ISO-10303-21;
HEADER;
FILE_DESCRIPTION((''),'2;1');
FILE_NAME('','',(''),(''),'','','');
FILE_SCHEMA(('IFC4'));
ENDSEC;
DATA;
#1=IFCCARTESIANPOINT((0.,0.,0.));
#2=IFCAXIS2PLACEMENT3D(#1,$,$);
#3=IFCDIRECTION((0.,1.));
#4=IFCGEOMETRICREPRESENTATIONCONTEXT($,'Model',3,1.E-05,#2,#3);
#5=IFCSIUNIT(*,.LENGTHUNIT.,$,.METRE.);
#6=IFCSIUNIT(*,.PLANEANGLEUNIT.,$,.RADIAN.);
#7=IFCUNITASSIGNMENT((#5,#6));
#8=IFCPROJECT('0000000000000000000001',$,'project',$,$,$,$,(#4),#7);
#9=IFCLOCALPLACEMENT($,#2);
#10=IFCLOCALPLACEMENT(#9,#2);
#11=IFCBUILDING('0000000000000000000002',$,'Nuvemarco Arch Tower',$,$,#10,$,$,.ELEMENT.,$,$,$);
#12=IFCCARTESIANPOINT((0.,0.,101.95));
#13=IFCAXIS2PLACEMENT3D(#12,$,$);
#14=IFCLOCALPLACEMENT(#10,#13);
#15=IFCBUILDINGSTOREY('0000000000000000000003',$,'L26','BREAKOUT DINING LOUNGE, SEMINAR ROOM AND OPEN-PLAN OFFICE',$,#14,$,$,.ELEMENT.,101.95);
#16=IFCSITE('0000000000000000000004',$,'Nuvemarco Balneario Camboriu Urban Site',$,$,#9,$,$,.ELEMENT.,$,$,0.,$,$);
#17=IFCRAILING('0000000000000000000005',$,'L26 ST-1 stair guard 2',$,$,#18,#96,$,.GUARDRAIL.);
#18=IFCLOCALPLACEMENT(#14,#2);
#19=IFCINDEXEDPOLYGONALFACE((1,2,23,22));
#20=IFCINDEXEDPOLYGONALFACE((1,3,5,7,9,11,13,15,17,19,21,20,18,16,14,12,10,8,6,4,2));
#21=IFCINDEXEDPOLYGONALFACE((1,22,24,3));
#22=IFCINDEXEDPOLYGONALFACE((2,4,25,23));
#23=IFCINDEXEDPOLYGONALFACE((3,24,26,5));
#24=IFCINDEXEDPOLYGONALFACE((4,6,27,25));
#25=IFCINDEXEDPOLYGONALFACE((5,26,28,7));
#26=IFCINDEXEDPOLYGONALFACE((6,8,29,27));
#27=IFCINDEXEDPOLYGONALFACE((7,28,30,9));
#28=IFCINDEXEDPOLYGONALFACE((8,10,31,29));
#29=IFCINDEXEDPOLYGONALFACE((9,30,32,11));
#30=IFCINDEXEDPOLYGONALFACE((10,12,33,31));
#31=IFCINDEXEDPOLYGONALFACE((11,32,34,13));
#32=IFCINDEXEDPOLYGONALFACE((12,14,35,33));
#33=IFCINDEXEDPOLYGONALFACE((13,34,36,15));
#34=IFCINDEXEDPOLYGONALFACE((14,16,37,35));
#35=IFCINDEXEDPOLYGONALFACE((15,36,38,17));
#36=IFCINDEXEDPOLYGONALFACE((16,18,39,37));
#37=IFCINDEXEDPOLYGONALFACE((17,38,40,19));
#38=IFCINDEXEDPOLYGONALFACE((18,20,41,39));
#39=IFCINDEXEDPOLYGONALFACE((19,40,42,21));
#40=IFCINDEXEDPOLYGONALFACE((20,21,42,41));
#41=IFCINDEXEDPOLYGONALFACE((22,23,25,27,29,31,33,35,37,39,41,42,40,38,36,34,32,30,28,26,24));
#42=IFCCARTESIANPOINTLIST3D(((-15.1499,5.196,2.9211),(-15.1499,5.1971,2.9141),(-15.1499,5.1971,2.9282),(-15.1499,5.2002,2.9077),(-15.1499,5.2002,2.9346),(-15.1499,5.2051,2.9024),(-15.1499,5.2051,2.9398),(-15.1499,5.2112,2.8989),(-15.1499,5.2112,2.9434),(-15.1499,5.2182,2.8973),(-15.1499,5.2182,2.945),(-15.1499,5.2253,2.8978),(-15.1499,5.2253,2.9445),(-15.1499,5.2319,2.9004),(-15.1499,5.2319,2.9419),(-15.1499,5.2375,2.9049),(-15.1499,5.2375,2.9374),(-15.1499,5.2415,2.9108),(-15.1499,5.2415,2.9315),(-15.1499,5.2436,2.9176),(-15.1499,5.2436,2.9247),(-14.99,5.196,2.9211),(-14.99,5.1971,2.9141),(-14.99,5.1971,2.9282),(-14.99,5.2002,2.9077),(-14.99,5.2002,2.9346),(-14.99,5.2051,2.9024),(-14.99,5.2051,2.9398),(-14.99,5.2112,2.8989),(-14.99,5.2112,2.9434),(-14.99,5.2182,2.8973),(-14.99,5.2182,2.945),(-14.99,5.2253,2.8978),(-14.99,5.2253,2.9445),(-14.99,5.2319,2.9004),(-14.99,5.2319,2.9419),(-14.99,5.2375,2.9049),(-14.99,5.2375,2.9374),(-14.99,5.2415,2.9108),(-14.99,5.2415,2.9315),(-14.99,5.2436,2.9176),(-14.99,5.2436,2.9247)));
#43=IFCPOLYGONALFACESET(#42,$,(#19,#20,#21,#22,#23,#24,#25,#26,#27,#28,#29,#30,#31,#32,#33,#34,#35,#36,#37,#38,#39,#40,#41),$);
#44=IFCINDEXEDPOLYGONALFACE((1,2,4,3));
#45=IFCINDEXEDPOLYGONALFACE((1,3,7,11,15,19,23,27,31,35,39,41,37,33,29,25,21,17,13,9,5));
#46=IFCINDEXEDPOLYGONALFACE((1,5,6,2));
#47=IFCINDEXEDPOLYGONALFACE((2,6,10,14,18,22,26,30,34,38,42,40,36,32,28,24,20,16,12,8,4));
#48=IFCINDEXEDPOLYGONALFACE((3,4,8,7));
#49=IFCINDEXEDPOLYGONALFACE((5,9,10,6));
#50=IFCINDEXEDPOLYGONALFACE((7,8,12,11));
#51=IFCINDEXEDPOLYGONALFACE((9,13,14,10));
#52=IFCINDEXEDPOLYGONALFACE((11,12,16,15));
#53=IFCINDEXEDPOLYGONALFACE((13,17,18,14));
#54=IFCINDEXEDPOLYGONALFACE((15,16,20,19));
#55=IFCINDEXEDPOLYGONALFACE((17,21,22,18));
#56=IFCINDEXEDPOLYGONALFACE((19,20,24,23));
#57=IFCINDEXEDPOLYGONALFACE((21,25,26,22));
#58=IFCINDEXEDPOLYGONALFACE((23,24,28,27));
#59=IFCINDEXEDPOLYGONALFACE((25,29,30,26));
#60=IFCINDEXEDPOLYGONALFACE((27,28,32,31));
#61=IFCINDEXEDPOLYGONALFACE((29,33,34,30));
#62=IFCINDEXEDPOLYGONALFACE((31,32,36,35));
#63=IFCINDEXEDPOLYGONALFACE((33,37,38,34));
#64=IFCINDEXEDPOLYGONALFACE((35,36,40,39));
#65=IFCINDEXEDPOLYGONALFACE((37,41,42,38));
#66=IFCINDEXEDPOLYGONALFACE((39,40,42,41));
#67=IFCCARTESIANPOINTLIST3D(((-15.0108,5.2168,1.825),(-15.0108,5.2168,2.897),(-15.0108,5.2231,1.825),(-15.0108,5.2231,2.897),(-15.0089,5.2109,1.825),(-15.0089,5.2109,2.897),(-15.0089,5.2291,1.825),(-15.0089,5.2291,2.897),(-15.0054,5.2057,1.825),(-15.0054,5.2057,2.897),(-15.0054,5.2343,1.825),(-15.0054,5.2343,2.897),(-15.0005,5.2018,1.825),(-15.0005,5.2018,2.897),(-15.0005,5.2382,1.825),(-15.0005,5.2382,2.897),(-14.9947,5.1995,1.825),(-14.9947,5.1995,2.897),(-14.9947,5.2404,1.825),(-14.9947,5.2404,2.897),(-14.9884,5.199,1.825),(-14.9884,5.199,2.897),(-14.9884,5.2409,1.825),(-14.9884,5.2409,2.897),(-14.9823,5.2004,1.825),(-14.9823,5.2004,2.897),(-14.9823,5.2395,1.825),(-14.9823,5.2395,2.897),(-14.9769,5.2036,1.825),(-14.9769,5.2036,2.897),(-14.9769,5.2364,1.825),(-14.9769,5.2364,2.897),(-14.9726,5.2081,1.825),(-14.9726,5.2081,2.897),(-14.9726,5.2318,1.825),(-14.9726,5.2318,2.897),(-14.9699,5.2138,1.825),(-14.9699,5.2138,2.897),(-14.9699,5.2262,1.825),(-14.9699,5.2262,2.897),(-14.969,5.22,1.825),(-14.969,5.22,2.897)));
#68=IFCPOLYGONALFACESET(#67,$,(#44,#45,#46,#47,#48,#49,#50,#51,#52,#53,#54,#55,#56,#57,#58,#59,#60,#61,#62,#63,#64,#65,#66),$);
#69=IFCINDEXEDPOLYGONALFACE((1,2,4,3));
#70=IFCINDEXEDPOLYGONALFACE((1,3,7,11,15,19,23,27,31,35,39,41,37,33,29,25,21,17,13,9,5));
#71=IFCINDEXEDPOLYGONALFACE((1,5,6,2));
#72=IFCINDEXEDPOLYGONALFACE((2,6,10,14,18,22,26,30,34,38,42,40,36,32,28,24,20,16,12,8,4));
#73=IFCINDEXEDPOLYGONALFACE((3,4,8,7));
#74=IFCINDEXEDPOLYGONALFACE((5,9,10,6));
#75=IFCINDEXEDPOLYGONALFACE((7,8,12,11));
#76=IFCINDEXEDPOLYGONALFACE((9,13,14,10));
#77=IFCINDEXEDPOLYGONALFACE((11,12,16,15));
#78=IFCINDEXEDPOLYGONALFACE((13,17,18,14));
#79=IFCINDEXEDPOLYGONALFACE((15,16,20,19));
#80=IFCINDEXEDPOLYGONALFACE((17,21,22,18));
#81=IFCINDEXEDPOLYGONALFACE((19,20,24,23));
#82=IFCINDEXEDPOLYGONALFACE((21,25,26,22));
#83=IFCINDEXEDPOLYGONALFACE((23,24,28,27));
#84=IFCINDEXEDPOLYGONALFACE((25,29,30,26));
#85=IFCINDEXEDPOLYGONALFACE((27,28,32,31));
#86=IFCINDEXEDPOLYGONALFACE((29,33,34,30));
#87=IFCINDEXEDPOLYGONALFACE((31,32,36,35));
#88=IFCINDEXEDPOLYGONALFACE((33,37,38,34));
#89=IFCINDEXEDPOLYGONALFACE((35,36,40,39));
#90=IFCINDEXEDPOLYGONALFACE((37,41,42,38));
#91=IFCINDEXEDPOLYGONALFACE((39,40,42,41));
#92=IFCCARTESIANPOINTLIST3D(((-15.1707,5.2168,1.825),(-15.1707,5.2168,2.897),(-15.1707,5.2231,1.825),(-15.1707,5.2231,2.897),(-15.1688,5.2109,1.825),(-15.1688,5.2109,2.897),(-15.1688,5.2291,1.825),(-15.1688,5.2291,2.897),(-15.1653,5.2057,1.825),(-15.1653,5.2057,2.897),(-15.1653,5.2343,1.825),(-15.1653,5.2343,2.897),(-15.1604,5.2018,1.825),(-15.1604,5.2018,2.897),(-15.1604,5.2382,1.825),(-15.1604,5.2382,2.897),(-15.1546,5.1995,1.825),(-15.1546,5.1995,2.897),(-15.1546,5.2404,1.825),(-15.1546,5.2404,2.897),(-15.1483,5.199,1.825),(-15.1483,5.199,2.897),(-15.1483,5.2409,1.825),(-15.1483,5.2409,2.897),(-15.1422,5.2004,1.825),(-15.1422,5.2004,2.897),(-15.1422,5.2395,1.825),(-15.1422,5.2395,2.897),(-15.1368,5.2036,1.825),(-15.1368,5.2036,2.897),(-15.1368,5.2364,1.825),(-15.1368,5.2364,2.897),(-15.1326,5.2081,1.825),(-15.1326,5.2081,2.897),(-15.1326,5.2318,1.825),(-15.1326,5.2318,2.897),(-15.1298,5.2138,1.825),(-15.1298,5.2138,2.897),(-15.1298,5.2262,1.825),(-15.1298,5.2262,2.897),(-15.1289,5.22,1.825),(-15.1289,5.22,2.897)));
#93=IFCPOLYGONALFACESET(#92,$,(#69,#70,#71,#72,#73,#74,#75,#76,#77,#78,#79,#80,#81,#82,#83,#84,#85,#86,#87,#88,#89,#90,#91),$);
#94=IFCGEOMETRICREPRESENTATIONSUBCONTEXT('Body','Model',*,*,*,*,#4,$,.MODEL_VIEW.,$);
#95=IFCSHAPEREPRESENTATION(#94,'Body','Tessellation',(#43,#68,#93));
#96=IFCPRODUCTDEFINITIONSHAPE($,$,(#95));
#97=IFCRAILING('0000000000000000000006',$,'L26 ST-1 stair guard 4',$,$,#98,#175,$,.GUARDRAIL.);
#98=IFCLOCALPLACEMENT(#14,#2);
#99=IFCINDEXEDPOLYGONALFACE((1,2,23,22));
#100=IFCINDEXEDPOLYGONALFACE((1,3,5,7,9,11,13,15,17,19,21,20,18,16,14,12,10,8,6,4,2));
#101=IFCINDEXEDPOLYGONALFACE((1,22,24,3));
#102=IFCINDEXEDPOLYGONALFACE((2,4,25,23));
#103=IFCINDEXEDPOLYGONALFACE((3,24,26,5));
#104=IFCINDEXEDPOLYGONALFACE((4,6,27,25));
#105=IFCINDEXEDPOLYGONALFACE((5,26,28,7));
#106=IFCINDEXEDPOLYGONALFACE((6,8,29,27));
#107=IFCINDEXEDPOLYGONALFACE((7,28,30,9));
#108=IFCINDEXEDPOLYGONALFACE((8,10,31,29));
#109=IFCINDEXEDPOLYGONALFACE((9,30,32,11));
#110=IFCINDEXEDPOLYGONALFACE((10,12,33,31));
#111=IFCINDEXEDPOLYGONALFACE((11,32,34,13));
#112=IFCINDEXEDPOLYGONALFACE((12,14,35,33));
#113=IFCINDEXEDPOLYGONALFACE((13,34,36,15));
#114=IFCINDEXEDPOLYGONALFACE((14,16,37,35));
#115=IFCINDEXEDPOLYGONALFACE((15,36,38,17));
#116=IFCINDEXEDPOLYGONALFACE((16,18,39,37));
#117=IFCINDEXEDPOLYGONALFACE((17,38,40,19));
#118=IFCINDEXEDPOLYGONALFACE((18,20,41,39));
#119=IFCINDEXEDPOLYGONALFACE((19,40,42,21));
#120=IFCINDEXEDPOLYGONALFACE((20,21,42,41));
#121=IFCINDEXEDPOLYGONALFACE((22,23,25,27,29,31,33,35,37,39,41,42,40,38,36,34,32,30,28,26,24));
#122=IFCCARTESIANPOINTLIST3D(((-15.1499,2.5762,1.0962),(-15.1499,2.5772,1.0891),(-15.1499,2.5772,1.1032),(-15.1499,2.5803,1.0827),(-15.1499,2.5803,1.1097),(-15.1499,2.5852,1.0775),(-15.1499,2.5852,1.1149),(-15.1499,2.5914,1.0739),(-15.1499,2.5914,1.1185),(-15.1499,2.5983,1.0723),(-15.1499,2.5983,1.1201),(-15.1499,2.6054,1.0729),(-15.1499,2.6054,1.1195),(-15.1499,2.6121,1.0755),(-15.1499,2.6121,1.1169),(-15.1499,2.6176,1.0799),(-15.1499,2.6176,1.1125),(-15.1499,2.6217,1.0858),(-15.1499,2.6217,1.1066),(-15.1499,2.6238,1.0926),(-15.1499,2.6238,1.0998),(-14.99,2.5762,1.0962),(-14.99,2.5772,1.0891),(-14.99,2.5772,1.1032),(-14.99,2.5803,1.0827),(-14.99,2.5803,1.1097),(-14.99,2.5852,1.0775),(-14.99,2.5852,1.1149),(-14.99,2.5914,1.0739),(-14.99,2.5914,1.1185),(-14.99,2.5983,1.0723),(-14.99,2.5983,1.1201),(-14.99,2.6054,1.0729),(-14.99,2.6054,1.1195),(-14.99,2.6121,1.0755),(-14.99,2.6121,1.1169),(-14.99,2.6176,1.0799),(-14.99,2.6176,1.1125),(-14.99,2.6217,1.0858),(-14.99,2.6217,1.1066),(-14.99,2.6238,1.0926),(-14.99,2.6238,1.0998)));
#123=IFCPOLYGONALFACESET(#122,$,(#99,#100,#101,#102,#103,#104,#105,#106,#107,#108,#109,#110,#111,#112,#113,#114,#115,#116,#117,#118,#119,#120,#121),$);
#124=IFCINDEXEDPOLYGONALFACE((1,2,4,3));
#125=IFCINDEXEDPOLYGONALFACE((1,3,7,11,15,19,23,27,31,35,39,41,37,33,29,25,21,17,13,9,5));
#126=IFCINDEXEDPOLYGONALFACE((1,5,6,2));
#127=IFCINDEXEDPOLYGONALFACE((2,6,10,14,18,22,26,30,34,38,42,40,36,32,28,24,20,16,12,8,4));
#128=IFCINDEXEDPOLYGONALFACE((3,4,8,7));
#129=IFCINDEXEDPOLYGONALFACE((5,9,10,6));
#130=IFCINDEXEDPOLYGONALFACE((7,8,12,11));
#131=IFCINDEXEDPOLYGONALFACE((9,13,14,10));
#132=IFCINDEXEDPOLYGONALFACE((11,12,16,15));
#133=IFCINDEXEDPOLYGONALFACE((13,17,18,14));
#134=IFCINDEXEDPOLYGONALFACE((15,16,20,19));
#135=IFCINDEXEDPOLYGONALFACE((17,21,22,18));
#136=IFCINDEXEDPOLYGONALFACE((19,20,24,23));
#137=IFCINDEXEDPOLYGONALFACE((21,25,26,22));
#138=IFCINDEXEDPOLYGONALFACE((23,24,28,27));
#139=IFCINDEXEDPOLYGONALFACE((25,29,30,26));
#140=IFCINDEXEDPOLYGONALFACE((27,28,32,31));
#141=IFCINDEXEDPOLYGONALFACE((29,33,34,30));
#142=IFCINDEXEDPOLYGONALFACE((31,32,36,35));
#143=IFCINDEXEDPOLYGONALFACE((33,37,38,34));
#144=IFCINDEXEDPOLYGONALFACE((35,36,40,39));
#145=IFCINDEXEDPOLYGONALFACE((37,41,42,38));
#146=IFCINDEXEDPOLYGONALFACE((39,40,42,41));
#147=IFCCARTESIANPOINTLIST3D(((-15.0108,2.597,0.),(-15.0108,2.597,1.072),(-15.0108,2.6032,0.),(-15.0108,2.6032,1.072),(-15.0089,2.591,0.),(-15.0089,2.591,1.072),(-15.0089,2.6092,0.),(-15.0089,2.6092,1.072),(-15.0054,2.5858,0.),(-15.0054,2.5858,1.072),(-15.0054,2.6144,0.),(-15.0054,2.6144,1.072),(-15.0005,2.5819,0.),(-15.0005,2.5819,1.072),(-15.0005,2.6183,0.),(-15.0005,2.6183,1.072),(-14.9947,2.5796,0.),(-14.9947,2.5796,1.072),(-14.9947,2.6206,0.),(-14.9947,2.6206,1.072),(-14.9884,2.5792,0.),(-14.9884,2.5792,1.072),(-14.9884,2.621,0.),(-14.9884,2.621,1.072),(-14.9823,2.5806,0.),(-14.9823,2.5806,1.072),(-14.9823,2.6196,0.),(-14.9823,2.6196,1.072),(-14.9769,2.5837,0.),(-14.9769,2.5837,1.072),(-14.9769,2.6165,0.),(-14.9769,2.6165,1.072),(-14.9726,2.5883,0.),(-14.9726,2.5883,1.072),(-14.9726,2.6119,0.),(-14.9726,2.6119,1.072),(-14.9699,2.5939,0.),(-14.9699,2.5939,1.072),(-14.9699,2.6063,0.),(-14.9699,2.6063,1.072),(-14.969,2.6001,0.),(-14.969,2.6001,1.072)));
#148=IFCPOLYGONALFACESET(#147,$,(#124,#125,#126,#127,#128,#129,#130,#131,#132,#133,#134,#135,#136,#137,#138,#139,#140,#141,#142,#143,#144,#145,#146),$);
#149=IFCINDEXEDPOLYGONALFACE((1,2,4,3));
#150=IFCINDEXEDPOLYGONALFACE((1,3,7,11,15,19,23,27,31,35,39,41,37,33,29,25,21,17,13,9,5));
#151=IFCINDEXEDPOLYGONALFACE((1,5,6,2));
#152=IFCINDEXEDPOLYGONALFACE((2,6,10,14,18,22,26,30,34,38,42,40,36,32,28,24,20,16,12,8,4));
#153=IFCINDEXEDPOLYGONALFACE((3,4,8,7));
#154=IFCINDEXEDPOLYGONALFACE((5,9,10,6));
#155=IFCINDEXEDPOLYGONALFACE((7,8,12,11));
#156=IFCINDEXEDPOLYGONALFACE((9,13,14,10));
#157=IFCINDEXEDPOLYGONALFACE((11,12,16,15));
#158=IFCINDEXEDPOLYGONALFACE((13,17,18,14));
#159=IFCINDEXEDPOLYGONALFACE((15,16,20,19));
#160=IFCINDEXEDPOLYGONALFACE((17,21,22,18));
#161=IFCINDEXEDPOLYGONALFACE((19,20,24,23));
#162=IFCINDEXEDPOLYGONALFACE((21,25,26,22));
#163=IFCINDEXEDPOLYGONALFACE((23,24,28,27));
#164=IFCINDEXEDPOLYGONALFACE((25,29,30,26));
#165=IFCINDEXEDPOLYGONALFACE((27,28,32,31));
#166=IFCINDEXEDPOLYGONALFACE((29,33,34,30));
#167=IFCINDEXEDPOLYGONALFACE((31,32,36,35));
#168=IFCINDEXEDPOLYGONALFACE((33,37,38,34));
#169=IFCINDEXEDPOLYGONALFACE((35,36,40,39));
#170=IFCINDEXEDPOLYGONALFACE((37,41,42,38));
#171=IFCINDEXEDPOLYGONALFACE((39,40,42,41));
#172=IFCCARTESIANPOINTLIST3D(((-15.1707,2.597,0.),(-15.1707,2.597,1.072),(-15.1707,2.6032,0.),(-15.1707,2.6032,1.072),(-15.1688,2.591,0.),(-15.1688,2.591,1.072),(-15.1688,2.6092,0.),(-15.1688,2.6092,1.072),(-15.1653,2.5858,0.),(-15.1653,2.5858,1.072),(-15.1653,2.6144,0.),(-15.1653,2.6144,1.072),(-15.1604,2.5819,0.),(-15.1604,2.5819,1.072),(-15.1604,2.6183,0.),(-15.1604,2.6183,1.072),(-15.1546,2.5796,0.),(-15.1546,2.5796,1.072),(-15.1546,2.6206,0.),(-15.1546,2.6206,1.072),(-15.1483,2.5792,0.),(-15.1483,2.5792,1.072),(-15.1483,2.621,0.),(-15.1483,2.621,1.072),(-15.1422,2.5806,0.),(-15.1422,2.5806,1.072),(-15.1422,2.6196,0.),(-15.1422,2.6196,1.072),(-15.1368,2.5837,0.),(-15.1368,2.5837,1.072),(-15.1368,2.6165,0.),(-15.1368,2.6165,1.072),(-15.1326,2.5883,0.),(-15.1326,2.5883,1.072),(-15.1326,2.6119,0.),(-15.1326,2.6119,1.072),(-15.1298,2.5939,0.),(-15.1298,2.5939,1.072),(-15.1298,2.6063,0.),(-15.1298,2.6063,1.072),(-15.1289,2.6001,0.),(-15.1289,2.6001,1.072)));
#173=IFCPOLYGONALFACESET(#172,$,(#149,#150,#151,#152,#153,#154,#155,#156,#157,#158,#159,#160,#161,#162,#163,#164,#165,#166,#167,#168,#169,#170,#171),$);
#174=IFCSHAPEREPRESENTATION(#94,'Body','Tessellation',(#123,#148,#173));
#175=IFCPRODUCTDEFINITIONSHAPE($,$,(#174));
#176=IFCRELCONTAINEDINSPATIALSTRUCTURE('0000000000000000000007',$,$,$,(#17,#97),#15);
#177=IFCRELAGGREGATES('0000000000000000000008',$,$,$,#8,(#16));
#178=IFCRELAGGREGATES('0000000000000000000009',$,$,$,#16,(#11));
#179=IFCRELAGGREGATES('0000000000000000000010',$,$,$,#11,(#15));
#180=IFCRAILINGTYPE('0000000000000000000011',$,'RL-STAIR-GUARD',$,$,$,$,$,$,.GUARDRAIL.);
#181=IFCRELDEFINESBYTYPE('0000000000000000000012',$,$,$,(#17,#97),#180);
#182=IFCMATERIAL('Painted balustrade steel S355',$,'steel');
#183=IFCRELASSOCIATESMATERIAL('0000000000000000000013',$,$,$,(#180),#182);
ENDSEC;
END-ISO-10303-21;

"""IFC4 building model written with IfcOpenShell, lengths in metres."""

from ifc_helpers import new_model, si_unit, direction, frame, origin, origin_2d, place, context, subcontext, project, spatial, circle, extrude, material, type_object, element, save


model = new_model("IFC4")

# Units and contexts
model_context = context("Model", 3, precision=1e-05, world=origin(), true_north=direction((0.0, 1.0)))
body_context = subcontext(model_context, "Body", "Model", "MODEL_VIEW")
ifc_project = project(units=[si_unit("LENGTHUNIT", "METRE"), si_unit("PLANEANGLEUNIT", "RADIAN")], contexts=[model_context])

# Site, building, storey
site_placement = place(None, origin())
site = spatial("IfcSite", under=ifc_project, at=site_placement, Name="Nuvemarco Balneario Camboriu Urban Site", CompositionType="ELEMENT", RefElevation=0.0)
building_placement = place(site_placement, origin())
building = spatial("IfcBuilding", under=site, at=building_placement, Name="Nuvemarco Arch Tower", CompositionType="ELEMENT")
storey_placement = place(building_placement, frame((0.0, 0.0, 101.95)))
storey = spatial("IfcBuildingStorey", under=building, at=storey_placement, Name="L26", Description="BREAKOUT DINING LOUNGE, SEMINAR ROOM AND OPEN-PLAN OFFICE", CompositionType="ELEMENT", Elevation=101.95)

# Railings
ifc_material_1 = material(Name="Painted balustrade steel S355", Category="steel")
railing_type_1 = type_object("IfcRailingType", Name="RL-STAIR-GUARD", PredefinedType="GUARDRAIL", material=ifc_material_1)
for number, where, name in (
    (1, (-14.99, 5.22, 1.825), "L26 ST-1 stair guard 2"),
    (2, (-14.99, 2.6001, 0.0), "L26 ST-1 stair guard 4"),
):
    element("IfcRailing", number, at=place(storey_placement, frame(where)), inside=storey, type_object=railing_type_1, Name=name, PredefinedType="GUARDRAIL", context=body_context, shape_type="SweptSolid", body=[
        extrude(circle(Radius=0.0239, at=origin_2d()), frame((0.0, 0.0, 1.0962), z_axis=(-1.0, 0.0, 0.0), x_axis=(0.0, -1.0, 0.0)), (0.0, 0.0, 1.0), 0.1599),
        extrude(circle(Radius=0.021, at=origin_2d()), origin(), (0.0, 0.0, 1.0), 1.072),
        extrude(circle(Radius=0.021, at=origin_2d()), frame((-0.1599, 0.0, 0.0)), (0.0, 0.0, 1.0), 1.072),
    ])

save(model, "model.ifc")
